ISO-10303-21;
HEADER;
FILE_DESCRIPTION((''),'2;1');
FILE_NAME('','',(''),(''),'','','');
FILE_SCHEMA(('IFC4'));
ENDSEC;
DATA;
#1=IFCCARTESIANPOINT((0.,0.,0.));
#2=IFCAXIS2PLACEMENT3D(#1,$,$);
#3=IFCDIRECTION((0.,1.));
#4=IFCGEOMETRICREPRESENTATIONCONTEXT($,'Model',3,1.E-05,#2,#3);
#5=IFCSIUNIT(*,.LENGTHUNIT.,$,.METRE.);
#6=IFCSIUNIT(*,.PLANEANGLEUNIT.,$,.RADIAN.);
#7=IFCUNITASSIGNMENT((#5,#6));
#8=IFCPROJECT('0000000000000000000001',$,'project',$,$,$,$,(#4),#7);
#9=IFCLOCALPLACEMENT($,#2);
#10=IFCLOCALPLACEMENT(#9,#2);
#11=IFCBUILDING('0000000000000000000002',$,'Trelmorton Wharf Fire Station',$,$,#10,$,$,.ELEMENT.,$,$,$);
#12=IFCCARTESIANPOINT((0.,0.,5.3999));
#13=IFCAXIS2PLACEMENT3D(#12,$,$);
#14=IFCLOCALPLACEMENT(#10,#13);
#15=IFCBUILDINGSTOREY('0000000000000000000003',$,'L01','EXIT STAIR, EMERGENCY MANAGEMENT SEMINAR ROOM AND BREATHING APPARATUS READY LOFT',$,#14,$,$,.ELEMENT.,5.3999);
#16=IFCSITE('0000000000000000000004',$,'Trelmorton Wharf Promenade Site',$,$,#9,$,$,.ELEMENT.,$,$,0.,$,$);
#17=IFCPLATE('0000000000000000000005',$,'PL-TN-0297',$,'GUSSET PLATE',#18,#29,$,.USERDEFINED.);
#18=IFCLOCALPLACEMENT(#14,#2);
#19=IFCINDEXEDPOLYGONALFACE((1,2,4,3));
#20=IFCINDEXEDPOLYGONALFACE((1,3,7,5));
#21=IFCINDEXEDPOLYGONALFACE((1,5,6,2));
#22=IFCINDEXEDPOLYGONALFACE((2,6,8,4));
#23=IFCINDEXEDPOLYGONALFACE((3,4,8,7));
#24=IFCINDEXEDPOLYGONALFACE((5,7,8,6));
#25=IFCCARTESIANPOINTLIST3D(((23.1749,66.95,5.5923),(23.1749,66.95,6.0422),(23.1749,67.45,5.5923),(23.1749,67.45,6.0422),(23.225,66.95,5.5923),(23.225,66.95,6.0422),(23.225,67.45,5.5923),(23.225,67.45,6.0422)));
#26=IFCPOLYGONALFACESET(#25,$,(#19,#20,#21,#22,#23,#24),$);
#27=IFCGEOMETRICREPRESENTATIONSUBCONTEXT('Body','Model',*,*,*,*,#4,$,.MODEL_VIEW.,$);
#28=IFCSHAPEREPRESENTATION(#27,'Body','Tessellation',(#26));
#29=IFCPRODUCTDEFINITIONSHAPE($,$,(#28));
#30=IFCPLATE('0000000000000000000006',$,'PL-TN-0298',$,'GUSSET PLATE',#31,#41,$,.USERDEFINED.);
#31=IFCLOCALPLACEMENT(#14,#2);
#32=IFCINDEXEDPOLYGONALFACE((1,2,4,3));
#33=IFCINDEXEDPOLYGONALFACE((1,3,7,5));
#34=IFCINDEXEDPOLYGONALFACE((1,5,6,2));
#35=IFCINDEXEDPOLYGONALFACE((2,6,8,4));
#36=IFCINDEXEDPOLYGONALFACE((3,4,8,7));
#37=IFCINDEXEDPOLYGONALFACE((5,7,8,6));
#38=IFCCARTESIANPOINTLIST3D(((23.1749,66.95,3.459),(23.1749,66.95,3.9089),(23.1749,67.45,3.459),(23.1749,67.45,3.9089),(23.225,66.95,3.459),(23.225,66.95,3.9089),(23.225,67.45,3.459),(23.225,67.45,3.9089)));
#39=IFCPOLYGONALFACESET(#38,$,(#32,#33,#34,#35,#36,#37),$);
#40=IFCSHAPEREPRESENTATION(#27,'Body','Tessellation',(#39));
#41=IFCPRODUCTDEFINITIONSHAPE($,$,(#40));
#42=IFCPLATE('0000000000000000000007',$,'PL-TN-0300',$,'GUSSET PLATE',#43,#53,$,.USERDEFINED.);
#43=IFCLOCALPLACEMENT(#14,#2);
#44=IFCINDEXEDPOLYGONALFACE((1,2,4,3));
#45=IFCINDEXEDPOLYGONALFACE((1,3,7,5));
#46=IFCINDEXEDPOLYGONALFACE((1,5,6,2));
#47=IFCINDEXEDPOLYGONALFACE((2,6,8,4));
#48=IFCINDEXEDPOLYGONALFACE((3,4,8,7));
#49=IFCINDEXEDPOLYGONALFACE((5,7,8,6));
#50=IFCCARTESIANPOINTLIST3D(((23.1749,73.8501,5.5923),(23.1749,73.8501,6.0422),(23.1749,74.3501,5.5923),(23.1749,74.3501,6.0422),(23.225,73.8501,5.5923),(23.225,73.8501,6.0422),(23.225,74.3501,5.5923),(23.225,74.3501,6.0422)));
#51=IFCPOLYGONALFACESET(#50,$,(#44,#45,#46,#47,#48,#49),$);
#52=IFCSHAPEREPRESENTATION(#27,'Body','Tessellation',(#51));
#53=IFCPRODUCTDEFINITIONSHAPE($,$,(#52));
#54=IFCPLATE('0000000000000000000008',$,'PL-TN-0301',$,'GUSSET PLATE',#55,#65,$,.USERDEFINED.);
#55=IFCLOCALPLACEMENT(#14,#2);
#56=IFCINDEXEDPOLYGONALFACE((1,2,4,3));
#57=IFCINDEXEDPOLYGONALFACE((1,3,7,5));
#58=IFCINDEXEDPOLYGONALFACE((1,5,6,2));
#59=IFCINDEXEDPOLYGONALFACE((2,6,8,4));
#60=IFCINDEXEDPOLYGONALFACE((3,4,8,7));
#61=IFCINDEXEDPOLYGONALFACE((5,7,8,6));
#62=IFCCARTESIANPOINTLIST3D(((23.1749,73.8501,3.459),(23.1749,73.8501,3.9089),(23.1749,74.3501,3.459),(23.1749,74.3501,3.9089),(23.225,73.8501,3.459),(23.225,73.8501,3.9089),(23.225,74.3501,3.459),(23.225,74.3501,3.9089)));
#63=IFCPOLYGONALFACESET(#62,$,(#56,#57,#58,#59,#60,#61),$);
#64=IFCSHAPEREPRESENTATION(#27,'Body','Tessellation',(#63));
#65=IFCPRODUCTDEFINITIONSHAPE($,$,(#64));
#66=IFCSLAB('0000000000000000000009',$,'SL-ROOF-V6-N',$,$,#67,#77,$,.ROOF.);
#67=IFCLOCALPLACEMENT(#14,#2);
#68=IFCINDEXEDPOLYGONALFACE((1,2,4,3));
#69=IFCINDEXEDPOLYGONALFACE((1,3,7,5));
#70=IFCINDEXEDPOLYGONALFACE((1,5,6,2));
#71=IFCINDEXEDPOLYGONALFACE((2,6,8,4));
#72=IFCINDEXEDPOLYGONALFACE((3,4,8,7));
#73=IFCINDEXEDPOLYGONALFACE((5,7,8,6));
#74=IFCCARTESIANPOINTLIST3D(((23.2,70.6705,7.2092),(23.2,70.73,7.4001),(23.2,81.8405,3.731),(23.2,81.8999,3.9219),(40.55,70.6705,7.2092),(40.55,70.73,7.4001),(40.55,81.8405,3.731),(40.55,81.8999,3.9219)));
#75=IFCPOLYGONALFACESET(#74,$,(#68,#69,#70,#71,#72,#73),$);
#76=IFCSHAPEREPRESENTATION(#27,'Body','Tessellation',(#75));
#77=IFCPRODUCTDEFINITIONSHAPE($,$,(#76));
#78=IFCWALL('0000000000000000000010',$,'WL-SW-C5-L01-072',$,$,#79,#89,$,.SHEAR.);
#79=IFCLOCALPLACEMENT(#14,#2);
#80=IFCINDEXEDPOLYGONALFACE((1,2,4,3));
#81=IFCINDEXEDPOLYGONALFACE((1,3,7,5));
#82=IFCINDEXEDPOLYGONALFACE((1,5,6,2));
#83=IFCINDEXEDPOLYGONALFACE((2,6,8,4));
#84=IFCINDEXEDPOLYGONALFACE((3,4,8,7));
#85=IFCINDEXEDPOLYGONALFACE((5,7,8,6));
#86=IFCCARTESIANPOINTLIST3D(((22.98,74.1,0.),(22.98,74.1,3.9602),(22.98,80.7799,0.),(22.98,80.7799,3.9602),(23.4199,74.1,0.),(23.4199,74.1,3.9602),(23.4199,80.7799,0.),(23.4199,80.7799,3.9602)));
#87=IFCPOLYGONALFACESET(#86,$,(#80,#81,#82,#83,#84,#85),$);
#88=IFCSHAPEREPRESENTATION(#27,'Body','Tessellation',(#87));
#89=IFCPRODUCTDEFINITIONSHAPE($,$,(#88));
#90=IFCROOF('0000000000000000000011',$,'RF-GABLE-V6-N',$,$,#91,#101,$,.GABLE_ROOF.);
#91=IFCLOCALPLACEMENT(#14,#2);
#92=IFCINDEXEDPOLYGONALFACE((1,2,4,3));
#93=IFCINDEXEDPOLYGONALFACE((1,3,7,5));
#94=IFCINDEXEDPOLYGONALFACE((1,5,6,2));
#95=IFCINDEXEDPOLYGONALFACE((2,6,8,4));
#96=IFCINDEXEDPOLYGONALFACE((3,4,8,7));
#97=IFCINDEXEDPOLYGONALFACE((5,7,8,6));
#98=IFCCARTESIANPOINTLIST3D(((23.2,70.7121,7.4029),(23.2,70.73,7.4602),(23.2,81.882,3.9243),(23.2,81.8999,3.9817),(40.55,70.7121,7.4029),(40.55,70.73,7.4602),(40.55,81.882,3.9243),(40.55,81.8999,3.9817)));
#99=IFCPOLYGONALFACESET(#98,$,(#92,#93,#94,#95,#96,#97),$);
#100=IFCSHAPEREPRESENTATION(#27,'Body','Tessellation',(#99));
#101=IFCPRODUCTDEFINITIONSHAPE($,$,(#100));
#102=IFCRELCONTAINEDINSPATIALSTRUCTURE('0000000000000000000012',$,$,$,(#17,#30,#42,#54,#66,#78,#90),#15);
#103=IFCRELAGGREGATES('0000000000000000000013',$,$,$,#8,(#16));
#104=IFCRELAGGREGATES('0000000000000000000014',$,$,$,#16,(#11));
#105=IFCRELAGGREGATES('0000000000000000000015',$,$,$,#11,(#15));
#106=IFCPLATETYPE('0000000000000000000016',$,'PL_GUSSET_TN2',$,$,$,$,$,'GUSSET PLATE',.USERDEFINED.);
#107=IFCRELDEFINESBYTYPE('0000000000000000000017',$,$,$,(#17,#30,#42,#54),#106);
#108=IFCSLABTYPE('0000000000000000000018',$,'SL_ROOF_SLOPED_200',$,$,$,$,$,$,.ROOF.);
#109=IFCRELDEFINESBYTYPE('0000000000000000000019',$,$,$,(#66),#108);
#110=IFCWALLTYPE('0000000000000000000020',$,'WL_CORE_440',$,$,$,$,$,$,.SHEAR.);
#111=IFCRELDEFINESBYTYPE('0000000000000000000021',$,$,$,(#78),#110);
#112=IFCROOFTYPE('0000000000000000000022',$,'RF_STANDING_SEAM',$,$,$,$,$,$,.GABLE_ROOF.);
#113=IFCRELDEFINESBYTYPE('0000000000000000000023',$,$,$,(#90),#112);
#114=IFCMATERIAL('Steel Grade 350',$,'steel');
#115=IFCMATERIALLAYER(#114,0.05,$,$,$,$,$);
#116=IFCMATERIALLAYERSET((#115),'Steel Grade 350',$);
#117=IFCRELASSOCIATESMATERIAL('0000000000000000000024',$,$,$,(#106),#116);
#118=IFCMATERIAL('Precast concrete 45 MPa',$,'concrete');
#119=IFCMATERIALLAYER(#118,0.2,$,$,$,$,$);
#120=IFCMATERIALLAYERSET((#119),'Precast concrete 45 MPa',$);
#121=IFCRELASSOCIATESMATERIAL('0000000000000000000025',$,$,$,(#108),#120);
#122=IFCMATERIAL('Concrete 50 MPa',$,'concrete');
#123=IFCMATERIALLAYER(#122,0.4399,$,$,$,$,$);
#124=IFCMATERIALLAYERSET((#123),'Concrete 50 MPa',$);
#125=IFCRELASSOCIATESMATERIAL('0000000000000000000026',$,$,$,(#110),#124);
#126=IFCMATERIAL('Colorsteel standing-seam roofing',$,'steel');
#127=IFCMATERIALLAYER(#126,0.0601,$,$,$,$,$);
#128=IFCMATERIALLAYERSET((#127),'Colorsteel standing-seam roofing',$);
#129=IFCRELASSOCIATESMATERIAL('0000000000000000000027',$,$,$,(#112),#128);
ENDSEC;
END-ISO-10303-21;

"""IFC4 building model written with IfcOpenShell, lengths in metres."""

from ifc_helpers import new_model, si_unit, direction, frame, frame_2d, origin, origin_2d, place, context, subcontext, project, spatial, polyline, rectangle, outline, extrude, material, layer, layer_set, type_object, element, save


model = new_model("IFC4")

# Units and contexts
model_context = context("Model", 3, precision=1e-05, world=origin(), true_north=direction((0.0, 1.0)))
body_context = subcontext(model_context, "Body", "Model", "MODEL_VIEW")
ifc_project = project(units=[si_unit("LENGTHUNIT", "METRE"), si_unit("PLANEANGLEUNIT", "RADIAN")], contexts=[model_context])

# Site, building, storey
site_placement = place(None, origin())
site = spatial("IfcSite", under=ifc_project, at=site_placement, Name="Trelmorton Wharf Promenade Site", CompositionType="ELEMENT", RefElevation=0.0)
building_placement = place(site_placement, origin())
building = spatial("IfcBuilding", under=site, at=building_placement, Name="Trelmorton Wharf Fire Station", CompositionType="ELEMENT")
storey_placement = place(building_placement, frame((0.0, 0.0, 5.3999)))
storey = spatial("IfcBuildingStorey", under=building, at=storey_placement, Name="L01", Description="EXIT STAIR, EMERGENCY MANAGEMENT SEMINAR ROOM AND BREATHING APPARATUS READY LOFT", CompositionType="ELEMENT", Elevation=5.3999)

# Shared definitions
ifc_material_1 = material(Name="Steel Grade 350", Category="steel")

# Plates
ifc_layer_1 = layer(ifc_material_1, 0.05)
ifc_layer_set_1 = layer_set([ifc_layer_1], Name="Steel Grade 350")
plate_type_1 = type_object("IfcPlateType", Name="PL_GUSSET_TN2", ElementType="GUSSET PLATE", PredefinedType="USERDEFINED", material=ifc_layer_set_1)
for number, where, z_axis, x_axis, name in (
    (1, (23.2, 67.2, 5.5923), (0.0, 0.0, 1.0), (1.0, 0.0, 0.0), "PL-TN-0297"),
    (2, (23.2, 67.2, 3.459), (0.0, 0.0, 1.0), (1.0, 0.0, 0.0), "PL-TN-0298"),
    (3, (23.2, 74.1001, 5.5923), (0.0, 0.0, 1.0), (1.0, 0.0, 0.0), "PL-TN-0300"),
    (4, (23.2, 74.1001, 3.459), (0.0, 0.0, 1.0), (1.0, 0.0, 0.0), "PL-TN-0301"),
):
    element("IfcPlate", number, at=place(storey_placement, frame(where, z_axis=z_axis, x_axis=x_axis)), inside=storey, type_object=plate_type_1, Name=name, ObjectType="GUSSET PLATE", PredefinedType="USERDEFINED", context=body_context, shape_type="SweptSolid", body=[
        extrude(rectangle(XDim=0.05, YDim=0.5, at=origin_2d()), origin(), (0.0, 0.0, 1.0), 0.45),
    ])

# Slab
ifc_material_2 = material(Name="Precast concrete 45 MPa", Category="concrete")
ifc_layer_2 = layer(ifc_material_2, 0.2)
ifc_layer_set_2 = layer_set([ifc_layer_2], Name="Precast concrete 45 MPa")
slab_type = type_object("IfcSlabType", Name="SL_ROOF_SLOPED_200", PredefinedType="ROOF", material=ifc_layer_set_2)
slab_placement = place(storey_placement, frame((23.2, 70.73, 7.4001), z_axis=(0.0, 0.297315, 0.95478), x_axis=(1.0, 0.0, 0.0)))
element("IfcSlab", 5, at=slab_placement, inside=storey, type_object=slab_type, Name="SL-ROOF-V6-N", PredefinedType="ROOF", context=body_context, shape_type="SweptSolid", body=[
    extrude(outline(polyline([(0.0, 0.0), (17.3501, 0.0), (17.3501, 11.699), (0.0, 11.699), (0.0, 0.0)])), origin(), (0.0, 0.0, -1.0), 0.2),
])

# Wall
ifc_material_3 = material(Name="Concrete 50 MPa", Category="concrete")
ifc_layer_3 = layer(ifc_material_3, 0.4399)
ifc_layer_set_3 = layer_set([ifc_layer_3], Name="Concrete 50 MPa")
wall_type = type_object("IfcWallType", Name="WL_CORE_440", PredefinedType="SHEAR", material=ifc_layer_set_3)
wall_placement = place(storey_placement, frame((23.2, 74.1001, 0.0), z_axis=(0.0, 0.0, 1.0), x_axis=(0.0, 1.0, 0.0)))
element("IfcWall", 6, at=wall_placement, inside=storey, type_object=wall_type, Name="WL-SW-C5-L01-072", PredefinedType="SHEAR", context=body_context, shape_type="SweptSolid", body=[
    extrude(rectangle(XDim=6.6799, YDim=0.4399, at=frame_2d((3.3398, 0.0))), origin(), (0.0, 0.0, 1.0), 3.9602),
])

# Roof
ifc_material_4 = material(Name="Colorsteel standing-seam roofing", Category="steel")
ifc_layer_4 = layer(ifc_material_4, 0.0601)
ifc_layer_set_4 = layer_set([ifc_layer_4], Name="Colorsteel standing-seam roofing")
roof_type = type_object("IfcRoofType", Name="RF_STANDING_SEAM", PredefinedType="GABLE_ROOF", material=ifc_layer_set_4)
roof_placement = place(storey_placement, frame((23.2, 70.73, 7.4602), z_axis=(0.0, 0.297334, 0.954774), x_axis=(1.0, 0.0, 0.0)))
element("IfcRoof", 7, at=roof_placement, inside=storey, type_object=roof_type, Name="RF-GABLE-V6-N", PredefinedType="GABLE_ROOF", context=body_context, shape_type="SweptSolid", body=[
    extrude(outline(polyline([(0.0, 0.0), (17.3501, 0.0), (17.3501, 11.699), (0.0, 11.699), (0.0, 0.0)])), origin(), (0.0, 0.0, -1.0), 0.0601),
])

save(model, "model.ifc")
